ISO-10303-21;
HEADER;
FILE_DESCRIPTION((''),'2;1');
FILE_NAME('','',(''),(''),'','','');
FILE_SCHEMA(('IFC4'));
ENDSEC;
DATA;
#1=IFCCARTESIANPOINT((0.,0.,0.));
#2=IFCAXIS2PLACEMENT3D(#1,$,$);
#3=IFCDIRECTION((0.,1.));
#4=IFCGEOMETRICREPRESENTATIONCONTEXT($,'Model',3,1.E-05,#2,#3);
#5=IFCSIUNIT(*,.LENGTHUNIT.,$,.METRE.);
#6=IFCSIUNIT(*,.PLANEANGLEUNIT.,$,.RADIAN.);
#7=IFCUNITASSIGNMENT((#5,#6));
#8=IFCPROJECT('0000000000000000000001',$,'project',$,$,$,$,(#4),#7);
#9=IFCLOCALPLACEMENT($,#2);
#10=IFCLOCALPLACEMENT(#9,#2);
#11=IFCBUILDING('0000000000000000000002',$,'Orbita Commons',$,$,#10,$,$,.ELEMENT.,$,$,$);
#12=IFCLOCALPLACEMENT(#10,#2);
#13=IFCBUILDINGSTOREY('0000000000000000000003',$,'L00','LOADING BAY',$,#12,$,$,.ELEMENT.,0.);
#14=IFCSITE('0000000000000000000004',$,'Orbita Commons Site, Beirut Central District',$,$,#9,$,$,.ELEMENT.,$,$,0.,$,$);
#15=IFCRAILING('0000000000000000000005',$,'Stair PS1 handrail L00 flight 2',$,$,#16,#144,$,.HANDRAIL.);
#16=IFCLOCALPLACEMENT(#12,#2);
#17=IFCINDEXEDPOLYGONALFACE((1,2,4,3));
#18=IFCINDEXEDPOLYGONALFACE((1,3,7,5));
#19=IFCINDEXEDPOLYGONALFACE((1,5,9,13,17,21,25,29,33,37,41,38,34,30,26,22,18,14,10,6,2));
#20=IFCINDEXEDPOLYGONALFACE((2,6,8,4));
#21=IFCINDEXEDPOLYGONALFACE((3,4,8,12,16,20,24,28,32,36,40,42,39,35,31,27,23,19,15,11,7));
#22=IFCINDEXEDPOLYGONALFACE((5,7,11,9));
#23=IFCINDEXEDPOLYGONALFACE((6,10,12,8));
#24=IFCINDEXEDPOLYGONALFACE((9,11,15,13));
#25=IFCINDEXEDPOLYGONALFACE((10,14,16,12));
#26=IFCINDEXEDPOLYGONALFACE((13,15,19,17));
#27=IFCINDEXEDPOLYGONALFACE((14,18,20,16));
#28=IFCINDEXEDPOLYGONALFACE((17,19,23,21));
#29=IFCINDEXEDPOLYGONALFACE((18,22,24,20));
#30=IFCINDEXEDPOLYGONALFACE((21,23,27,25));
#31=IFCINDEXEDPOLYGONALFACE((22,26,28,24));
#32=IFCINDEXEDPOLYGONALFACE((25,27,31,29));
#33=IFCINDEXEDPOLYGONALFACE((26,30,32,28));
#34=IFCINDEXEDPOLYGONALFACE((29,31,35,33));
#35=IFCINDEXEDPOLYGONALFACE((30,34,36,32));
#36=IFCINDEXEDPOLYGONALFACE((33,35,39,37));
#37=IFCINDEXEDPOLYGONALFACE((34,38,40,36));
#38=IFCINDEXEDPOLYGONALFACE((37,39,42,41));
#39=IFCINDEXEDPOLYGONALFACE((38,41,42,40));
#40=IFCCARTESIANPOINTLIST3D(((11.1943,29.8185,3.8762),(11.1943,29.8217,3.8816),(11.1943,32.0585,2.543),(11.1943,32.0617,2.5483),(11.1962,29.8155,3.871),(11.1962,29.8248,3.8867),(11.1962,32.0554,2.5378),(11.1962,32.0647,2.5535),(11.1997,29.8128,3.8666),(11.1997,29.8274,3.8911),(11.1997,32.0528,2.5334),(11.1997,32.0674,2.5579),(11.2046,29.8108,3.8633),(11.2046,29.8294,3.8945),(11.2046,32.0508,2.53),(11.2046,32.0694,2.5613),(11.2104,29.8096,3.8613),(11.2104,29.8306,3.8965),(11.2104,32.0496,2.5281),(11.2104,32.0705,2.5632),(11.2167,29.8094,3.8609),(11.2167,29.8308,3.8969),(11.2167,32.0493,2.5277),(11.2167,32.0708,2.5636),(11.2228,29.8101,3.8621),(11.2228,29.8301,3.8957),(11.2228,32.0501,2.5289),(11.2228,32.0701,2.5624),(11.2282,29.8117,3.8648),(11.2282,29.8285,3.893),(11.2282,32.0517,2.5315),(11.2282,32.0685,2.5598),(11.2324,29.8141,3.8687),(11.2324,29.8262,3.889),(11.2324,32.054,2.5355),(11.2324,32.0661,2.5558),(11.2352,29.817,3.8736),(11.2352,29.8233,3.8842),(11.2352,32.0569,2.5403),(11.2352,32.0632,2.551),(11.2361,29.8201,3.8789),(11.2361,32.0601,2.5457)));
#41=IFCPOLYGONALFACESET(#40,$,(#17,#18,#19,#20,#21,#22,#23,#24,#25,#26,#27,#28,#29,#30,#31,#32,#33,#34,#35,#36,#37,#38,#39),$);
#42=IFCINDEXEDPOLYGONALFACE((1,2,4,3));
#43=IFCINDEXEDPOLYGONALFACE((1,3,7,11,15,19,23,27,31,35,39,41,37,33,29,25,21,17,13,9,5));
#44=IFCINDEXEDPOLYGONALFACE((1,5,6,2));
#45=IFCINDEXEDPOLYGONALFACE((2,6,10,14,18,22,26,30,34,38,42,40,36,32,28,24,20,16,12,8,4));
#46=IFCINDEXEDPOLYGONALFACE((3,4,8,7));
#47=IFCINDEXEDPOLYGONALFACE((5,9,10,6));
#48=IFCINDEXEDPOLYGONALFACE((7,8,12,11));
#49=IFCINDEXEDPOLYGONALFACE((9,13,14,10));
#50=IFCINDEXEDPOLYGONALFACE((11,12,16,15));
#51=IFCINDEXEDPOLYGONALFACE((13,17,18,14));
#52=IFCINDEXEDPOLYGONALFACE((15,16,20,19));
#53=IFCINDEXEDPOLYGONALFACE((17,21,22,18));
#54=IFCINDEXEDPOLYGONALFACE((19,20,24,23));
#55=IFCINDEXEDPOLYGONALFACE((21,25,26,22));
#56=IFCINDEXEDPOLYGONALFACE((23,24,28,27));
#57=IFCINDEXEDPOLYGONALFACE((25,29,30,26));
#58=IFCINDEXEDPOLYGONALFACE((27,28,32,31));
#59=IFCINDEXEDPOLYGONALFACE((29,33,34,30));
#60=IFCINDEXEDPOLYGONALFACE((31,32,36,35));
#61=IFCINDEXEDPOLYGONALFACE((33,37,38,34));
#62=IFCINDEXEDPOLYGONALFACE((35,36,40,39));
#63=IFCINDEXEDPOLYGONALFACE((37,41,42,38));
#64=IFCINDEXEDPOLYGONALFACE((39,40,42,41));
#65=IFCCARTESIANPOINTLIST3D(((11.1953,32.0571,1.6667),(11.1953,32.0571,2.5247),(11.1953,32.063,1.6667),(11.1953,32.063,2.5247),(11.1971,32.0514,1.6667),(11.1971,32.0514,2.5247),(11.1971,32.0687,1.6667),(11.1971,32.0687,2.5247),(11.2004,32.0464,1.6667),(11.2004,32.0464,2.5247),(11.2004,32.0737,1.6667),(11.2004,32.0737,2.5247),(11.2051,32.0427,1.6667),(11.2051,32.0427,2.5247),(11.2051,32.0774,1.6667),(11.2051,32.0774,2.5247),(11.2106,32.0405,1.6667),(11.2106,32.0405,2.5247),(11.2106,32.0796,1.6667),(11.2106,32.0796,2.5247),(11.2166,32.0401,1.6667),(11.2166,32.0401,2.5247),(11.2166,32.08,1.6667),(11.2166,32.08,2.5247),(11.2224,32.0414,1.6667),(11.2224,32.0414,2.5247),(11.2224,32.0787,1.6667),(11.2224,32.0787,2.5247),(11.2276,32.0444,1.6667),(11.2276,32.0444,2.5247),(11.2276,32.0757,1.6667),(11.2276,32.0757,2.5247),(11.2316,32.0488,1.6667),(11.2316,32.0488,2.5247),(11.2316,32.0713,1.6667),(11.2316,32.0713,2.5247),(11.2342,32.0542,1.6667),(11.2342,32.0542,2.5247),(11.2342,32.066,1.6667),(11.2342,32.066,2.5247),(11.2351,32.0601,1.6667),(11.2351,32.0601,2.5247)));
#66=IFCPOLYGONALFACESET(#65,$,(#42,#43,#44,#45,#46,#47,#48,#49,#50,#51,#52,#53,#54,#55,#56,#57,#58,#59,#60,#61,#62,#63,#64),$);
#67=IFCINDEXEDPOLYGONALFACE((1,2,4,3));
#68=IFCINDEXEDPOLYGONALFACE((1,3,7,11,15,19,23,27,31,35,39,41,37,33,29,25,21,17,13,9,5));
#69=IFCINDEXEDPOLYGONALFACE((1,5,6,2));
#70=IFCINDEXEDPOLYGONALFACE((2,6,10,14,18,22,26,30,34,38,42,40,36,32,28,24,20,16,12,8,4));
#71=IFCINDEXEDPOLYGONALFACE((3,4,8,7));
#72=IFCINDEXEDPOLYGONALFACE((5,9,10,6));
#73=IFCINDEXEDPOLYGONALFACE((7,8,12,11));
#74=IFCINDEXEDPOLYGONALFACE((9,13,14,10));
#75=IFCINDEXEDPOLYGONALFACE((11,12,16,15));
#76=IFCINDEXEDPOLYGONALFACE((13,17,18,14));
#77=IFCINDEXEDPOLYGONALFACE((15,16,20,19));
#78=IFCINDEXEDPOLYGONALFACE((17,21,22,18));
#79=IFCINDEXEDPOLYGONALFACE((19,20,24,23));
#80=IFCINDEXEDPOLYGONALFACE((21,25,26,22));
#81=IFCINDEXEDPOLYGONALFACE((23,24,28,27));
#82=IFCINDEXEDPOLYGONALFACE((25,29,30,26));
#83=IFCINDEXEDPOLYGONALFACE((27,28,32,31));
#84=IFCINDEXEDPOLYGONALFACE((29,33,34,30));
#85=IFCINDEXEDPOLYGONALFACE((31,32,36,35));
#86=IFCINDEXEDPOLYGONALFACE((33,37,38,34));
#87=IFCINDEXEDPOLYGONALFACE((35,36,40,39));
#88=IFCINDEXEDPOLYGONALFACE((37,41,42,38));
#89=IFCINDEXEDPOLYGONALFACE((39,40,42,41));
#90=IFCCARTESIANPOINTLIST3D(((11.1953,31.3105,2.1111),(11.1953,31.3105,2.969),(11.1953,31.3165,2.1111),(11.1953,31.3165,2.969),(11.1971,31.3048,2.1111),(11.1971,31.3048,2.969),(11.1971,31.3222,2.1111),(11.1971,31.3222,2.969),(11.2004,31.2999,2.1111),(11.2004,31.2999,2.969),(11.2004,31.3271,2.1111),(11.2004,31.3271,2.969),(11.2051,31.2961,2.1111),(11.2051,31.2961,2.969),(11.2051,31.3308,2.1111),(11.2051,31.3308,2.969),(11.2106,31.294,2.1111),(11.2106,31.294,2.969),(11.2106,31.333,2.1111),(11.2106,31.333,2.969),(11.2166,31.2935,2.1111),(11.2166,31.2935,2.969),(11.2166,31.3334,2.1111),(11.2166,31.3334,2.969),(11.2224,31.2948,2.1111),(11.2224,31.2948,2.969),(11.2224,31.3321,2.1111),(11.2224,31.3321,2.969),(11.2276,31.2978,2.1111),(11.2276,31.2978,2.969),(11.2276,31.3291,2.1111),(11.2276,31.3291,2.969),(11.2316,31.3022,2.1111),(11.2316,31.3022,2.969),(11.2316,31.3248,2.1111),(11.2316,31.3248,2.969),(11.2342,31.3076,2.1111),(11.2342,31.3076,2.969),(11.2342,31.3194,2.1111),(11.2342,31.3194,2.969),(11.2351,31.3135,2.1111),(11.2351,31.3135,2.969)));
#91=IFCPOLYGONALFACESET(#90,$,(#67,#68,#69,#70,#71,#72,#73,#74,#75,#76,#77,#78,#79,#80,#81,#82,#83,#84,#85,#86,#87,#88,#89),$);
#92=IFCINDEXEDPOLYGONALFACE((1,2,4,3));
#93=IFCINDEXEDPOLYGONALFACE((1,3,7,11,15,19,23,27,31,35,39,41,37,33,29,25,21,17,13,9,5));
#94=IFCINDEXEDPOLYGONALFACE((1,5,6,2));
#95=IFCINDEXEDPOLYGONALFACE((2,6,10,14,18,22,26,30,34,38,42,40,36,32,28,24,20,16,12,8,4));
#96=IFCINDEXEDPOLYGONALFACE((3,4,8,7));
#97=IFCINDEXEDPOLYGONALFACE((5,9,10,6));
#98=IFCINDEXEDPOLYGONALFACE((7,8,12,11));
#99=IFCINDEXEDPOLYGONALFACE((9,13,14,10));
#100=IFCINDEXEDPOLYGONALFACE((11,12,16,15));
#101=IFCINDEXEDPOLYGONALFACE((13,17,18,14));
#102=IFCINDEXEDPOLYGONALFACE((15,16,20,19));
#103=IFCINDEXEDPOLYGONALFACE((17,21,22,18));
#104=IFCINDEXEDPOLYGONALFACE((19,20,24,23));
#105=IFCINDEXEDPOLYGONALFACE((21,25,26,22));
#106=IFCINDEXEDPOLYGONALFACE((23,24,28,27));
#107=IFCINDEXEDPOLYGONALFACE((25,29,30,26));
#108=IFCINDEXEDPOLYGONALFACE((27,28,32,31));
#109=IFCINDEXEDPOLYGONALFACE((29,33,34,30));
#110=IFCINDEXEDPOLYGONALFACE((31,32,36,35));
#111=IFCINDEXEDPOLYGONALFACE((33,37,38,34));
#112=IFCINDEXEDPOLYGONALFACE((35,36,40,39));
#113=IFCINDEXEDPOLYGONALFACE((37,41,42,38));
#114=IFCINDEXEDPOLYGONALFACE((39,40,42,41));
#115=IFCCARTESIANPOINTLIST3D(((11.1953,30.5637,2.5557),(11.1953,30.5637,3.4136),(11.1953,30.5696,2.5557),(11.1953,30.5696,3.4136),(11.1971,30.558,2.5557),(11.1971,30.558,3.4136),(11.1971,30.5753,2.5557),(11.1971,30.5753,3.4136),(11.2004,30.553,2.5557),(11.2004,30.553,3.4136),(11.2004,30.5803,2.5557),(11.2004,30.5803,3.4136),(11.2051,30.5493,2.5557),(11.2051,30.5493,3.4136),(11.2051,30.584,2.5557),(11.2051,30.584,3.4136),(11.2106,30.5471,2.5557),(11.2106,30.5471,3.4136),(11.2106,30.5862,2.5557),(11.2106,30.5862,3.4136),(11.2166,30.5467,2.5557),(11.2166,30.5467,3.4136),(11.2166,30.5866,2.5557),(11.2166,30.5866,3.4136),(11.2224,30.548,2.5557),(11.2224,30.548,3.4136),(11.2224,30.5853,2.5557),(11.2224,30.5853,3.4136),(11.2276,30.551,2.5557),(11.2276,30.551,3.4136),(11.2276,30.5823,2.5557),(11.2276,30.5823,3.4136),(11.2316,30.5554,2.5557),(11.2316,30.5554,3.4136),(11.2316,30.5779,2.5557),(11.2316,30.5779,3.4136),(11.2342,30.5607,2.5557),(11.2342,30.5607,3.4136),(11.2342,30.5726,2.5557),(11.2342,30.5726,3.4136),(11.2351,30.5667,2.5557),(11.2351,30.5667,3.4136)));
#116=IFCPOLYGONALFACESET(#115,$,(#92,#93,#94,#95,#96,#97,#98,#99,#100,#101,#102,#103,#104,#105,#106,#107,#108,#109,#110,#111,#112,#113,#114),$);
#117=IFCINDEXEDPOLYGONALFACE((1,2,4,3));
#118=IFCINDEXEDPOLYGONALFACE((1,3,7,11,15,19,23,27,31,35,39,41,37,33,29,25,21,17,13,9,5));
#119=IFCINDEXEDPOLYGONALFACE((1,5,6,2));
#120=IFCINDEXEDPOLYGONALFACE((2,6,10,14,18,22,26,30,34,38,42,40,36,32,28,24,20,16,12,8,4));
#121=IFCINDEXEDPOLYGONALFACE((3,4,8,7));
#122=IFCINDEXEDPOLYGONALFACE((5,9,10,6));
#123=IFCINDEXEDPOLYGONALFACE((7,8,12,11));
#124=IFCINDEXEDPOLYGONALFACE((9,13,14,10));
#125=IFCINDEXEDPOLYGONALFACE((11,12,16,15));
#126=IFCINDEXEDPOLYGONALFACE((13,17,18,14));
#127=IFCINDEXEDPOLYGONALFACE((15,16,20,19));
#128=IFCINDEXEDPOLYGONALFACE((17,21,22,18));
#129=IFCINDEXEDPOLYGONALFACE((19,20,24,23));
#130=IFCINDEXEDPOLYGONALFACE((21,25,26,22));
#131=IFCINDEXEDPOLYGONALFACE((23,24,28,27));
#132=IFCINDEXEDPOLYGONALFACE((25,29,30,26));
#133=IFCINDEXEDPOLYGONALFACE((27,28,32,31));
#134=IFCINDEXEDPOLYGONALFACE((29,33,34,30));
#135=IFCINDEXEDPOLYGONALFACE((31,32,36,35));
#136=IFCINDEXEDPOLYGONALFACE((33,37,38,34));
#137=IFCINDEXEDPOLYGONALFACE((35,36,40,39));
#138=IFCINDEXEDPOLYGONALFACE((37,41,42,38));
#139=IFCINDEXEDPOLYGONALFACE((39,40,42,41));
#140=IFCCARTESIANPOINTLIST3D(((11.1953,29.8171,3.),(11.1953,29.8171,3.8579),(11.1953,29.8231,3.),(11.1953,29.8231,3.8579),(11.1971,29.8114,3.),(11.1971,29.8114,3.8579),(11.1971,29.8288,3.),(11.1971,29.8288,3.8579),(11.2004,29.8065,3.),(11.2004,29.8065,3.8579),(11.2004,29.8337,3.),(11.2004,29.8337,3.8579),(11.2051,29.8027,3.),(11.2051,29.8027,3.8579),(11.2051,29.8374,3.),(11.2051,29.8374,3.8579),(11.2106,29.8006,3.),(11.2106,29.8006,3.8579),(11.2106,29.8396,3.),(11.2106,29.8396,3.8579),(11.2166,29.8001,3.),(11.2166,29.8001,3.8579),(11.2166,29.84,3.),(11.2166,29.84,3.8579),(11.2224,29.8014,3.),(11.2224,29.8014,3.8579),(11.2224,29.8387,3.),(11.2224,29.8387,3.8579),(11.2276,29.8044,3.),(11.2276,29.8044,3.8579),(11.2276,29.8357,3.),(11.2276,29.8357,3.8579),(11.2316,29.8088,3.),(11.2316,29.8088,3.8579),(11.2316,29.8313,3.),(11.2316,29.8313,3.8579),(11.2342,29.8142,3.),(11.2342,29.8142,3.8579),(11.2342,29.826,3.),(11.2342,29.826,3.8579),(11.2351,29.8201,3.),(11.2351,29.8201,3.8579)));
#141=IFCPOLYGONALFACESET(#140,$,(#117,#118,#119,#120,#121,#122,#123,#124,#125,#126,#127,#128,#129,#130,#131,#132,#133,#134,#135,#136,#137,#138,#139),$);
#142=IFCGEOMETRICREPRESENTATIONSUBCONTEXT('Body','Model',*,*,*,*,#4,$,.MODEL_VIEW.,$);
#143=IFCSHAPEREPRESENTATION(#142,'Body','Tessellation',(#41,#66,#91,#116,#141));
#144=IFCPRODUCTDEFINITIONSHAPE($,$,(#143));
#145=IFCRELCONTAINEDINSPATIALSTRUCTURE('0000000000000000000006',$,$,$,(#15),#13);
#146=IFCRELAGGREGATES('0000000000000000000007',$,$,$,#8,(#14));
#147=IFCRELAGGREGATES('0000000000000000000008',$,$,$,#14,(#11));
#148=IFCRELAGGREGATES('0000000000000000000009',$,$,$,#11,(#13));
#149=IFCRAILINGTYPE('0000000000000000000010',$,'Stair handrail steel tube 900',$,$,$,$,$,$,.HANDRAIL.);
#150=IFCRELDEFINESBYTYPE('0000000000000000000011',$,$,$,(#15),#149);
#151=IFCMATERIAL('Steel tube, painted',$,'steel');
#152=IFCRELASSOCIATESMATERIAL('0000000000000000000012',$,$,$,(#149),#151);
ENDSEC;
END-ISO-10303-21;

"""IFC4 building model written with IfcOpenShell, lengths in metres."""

from ifc_helpers import new_model, si_unit, direction, frame, origin, origin_2d, place, context, subcontext, project, spatial, circle, extrude, material, type_object, element, save


model = new_model("IFC4")

# Units and contexts
model_context = context("Model", 3, precision=1e-05, world=origin(), true_north=direction((0.0, 1.0)))
body_context = subcontext(model_context, "Body", "Model", "MODEL_VIEW")
ifc_project = project(units=[si_unit("LENGTHUNIT", "METRE"), si_unit("PLANEANGLEUNIT", "RADIAN")], contexts=[model_context])

# Site, building, storey
site_placement = place(None, origin())
site = spatial("IfcSite", under=ifc_project, at=site_placement, Name="Orbita Commons Site, Beirut Central District", CompositionType="ELEMENT", RefElevation=0.0)
building_placement = place(site_placement, origin())
building = spatial("IfcBuilding", under=site, at=building_placement, Name="Orbita Commons", CompositionType="ELEMENT")
storey_placement = place(building_placement, origin())
storey = spatial("IfcBuildingStorey", under=building, at=storey_placement, Name="L00", Description="LOADING BAY", CompositionType="ELEMENT", Elevation=0.0)

# Railing
ifc_material_1 = material(Name="Steel tube, painted", Category="steel")
railing_type = type_object("IfcRailingType", Name="Stair handrail steel tube 900", PredefinedType="HANDRAIL", material=ifc_material_1)
for number, where, name in (
    (1, (11.2151, 32.0601, 1.6667), "Stair PS1 handrail L00 flight 2"),
):
    element("IfcRailing", number, at=place(storey_placement, frame(where)), inside=storey, type_object=railing_type, Name=name, PredefinedType="HANDRAIL", context=body_context, shape_type="SweptSolid", body=[
        extrude(circle(Radius=0.021, at=origin_2d()), frame((0.0, 0.0, 0.8789), z_axis=(0.0, -0.859306, 0.511462), x_axis=(1.0, 0.0, 0.0)), (0.0, 0.0, 1.0), 2.6067),
        extrude(circle(Radius=0.02, at=origin_2d()), origin(), (0.0, 0.0, 1.0), 0.8579),
        extrude(circle(Radius=0.02, at=origin_2d()), frame((0.0, -0.7466, 0.4443)), (0.0, 0.0, 1.0), 0.8579),
        extrude(circle(Radius=0.02, at=origin_2d()), frame((0.0, -1.4934, 0.8889)), (0.0, 0.0, 1.0), 0.8579),
        extrude(circle(Radius=0.02, at=origin_2d()), frame((0.0, -2.24, 1.3333)), (0.0, 0.0, 1.0), 0.8579),
    ])

save(model, "model.ifc")
